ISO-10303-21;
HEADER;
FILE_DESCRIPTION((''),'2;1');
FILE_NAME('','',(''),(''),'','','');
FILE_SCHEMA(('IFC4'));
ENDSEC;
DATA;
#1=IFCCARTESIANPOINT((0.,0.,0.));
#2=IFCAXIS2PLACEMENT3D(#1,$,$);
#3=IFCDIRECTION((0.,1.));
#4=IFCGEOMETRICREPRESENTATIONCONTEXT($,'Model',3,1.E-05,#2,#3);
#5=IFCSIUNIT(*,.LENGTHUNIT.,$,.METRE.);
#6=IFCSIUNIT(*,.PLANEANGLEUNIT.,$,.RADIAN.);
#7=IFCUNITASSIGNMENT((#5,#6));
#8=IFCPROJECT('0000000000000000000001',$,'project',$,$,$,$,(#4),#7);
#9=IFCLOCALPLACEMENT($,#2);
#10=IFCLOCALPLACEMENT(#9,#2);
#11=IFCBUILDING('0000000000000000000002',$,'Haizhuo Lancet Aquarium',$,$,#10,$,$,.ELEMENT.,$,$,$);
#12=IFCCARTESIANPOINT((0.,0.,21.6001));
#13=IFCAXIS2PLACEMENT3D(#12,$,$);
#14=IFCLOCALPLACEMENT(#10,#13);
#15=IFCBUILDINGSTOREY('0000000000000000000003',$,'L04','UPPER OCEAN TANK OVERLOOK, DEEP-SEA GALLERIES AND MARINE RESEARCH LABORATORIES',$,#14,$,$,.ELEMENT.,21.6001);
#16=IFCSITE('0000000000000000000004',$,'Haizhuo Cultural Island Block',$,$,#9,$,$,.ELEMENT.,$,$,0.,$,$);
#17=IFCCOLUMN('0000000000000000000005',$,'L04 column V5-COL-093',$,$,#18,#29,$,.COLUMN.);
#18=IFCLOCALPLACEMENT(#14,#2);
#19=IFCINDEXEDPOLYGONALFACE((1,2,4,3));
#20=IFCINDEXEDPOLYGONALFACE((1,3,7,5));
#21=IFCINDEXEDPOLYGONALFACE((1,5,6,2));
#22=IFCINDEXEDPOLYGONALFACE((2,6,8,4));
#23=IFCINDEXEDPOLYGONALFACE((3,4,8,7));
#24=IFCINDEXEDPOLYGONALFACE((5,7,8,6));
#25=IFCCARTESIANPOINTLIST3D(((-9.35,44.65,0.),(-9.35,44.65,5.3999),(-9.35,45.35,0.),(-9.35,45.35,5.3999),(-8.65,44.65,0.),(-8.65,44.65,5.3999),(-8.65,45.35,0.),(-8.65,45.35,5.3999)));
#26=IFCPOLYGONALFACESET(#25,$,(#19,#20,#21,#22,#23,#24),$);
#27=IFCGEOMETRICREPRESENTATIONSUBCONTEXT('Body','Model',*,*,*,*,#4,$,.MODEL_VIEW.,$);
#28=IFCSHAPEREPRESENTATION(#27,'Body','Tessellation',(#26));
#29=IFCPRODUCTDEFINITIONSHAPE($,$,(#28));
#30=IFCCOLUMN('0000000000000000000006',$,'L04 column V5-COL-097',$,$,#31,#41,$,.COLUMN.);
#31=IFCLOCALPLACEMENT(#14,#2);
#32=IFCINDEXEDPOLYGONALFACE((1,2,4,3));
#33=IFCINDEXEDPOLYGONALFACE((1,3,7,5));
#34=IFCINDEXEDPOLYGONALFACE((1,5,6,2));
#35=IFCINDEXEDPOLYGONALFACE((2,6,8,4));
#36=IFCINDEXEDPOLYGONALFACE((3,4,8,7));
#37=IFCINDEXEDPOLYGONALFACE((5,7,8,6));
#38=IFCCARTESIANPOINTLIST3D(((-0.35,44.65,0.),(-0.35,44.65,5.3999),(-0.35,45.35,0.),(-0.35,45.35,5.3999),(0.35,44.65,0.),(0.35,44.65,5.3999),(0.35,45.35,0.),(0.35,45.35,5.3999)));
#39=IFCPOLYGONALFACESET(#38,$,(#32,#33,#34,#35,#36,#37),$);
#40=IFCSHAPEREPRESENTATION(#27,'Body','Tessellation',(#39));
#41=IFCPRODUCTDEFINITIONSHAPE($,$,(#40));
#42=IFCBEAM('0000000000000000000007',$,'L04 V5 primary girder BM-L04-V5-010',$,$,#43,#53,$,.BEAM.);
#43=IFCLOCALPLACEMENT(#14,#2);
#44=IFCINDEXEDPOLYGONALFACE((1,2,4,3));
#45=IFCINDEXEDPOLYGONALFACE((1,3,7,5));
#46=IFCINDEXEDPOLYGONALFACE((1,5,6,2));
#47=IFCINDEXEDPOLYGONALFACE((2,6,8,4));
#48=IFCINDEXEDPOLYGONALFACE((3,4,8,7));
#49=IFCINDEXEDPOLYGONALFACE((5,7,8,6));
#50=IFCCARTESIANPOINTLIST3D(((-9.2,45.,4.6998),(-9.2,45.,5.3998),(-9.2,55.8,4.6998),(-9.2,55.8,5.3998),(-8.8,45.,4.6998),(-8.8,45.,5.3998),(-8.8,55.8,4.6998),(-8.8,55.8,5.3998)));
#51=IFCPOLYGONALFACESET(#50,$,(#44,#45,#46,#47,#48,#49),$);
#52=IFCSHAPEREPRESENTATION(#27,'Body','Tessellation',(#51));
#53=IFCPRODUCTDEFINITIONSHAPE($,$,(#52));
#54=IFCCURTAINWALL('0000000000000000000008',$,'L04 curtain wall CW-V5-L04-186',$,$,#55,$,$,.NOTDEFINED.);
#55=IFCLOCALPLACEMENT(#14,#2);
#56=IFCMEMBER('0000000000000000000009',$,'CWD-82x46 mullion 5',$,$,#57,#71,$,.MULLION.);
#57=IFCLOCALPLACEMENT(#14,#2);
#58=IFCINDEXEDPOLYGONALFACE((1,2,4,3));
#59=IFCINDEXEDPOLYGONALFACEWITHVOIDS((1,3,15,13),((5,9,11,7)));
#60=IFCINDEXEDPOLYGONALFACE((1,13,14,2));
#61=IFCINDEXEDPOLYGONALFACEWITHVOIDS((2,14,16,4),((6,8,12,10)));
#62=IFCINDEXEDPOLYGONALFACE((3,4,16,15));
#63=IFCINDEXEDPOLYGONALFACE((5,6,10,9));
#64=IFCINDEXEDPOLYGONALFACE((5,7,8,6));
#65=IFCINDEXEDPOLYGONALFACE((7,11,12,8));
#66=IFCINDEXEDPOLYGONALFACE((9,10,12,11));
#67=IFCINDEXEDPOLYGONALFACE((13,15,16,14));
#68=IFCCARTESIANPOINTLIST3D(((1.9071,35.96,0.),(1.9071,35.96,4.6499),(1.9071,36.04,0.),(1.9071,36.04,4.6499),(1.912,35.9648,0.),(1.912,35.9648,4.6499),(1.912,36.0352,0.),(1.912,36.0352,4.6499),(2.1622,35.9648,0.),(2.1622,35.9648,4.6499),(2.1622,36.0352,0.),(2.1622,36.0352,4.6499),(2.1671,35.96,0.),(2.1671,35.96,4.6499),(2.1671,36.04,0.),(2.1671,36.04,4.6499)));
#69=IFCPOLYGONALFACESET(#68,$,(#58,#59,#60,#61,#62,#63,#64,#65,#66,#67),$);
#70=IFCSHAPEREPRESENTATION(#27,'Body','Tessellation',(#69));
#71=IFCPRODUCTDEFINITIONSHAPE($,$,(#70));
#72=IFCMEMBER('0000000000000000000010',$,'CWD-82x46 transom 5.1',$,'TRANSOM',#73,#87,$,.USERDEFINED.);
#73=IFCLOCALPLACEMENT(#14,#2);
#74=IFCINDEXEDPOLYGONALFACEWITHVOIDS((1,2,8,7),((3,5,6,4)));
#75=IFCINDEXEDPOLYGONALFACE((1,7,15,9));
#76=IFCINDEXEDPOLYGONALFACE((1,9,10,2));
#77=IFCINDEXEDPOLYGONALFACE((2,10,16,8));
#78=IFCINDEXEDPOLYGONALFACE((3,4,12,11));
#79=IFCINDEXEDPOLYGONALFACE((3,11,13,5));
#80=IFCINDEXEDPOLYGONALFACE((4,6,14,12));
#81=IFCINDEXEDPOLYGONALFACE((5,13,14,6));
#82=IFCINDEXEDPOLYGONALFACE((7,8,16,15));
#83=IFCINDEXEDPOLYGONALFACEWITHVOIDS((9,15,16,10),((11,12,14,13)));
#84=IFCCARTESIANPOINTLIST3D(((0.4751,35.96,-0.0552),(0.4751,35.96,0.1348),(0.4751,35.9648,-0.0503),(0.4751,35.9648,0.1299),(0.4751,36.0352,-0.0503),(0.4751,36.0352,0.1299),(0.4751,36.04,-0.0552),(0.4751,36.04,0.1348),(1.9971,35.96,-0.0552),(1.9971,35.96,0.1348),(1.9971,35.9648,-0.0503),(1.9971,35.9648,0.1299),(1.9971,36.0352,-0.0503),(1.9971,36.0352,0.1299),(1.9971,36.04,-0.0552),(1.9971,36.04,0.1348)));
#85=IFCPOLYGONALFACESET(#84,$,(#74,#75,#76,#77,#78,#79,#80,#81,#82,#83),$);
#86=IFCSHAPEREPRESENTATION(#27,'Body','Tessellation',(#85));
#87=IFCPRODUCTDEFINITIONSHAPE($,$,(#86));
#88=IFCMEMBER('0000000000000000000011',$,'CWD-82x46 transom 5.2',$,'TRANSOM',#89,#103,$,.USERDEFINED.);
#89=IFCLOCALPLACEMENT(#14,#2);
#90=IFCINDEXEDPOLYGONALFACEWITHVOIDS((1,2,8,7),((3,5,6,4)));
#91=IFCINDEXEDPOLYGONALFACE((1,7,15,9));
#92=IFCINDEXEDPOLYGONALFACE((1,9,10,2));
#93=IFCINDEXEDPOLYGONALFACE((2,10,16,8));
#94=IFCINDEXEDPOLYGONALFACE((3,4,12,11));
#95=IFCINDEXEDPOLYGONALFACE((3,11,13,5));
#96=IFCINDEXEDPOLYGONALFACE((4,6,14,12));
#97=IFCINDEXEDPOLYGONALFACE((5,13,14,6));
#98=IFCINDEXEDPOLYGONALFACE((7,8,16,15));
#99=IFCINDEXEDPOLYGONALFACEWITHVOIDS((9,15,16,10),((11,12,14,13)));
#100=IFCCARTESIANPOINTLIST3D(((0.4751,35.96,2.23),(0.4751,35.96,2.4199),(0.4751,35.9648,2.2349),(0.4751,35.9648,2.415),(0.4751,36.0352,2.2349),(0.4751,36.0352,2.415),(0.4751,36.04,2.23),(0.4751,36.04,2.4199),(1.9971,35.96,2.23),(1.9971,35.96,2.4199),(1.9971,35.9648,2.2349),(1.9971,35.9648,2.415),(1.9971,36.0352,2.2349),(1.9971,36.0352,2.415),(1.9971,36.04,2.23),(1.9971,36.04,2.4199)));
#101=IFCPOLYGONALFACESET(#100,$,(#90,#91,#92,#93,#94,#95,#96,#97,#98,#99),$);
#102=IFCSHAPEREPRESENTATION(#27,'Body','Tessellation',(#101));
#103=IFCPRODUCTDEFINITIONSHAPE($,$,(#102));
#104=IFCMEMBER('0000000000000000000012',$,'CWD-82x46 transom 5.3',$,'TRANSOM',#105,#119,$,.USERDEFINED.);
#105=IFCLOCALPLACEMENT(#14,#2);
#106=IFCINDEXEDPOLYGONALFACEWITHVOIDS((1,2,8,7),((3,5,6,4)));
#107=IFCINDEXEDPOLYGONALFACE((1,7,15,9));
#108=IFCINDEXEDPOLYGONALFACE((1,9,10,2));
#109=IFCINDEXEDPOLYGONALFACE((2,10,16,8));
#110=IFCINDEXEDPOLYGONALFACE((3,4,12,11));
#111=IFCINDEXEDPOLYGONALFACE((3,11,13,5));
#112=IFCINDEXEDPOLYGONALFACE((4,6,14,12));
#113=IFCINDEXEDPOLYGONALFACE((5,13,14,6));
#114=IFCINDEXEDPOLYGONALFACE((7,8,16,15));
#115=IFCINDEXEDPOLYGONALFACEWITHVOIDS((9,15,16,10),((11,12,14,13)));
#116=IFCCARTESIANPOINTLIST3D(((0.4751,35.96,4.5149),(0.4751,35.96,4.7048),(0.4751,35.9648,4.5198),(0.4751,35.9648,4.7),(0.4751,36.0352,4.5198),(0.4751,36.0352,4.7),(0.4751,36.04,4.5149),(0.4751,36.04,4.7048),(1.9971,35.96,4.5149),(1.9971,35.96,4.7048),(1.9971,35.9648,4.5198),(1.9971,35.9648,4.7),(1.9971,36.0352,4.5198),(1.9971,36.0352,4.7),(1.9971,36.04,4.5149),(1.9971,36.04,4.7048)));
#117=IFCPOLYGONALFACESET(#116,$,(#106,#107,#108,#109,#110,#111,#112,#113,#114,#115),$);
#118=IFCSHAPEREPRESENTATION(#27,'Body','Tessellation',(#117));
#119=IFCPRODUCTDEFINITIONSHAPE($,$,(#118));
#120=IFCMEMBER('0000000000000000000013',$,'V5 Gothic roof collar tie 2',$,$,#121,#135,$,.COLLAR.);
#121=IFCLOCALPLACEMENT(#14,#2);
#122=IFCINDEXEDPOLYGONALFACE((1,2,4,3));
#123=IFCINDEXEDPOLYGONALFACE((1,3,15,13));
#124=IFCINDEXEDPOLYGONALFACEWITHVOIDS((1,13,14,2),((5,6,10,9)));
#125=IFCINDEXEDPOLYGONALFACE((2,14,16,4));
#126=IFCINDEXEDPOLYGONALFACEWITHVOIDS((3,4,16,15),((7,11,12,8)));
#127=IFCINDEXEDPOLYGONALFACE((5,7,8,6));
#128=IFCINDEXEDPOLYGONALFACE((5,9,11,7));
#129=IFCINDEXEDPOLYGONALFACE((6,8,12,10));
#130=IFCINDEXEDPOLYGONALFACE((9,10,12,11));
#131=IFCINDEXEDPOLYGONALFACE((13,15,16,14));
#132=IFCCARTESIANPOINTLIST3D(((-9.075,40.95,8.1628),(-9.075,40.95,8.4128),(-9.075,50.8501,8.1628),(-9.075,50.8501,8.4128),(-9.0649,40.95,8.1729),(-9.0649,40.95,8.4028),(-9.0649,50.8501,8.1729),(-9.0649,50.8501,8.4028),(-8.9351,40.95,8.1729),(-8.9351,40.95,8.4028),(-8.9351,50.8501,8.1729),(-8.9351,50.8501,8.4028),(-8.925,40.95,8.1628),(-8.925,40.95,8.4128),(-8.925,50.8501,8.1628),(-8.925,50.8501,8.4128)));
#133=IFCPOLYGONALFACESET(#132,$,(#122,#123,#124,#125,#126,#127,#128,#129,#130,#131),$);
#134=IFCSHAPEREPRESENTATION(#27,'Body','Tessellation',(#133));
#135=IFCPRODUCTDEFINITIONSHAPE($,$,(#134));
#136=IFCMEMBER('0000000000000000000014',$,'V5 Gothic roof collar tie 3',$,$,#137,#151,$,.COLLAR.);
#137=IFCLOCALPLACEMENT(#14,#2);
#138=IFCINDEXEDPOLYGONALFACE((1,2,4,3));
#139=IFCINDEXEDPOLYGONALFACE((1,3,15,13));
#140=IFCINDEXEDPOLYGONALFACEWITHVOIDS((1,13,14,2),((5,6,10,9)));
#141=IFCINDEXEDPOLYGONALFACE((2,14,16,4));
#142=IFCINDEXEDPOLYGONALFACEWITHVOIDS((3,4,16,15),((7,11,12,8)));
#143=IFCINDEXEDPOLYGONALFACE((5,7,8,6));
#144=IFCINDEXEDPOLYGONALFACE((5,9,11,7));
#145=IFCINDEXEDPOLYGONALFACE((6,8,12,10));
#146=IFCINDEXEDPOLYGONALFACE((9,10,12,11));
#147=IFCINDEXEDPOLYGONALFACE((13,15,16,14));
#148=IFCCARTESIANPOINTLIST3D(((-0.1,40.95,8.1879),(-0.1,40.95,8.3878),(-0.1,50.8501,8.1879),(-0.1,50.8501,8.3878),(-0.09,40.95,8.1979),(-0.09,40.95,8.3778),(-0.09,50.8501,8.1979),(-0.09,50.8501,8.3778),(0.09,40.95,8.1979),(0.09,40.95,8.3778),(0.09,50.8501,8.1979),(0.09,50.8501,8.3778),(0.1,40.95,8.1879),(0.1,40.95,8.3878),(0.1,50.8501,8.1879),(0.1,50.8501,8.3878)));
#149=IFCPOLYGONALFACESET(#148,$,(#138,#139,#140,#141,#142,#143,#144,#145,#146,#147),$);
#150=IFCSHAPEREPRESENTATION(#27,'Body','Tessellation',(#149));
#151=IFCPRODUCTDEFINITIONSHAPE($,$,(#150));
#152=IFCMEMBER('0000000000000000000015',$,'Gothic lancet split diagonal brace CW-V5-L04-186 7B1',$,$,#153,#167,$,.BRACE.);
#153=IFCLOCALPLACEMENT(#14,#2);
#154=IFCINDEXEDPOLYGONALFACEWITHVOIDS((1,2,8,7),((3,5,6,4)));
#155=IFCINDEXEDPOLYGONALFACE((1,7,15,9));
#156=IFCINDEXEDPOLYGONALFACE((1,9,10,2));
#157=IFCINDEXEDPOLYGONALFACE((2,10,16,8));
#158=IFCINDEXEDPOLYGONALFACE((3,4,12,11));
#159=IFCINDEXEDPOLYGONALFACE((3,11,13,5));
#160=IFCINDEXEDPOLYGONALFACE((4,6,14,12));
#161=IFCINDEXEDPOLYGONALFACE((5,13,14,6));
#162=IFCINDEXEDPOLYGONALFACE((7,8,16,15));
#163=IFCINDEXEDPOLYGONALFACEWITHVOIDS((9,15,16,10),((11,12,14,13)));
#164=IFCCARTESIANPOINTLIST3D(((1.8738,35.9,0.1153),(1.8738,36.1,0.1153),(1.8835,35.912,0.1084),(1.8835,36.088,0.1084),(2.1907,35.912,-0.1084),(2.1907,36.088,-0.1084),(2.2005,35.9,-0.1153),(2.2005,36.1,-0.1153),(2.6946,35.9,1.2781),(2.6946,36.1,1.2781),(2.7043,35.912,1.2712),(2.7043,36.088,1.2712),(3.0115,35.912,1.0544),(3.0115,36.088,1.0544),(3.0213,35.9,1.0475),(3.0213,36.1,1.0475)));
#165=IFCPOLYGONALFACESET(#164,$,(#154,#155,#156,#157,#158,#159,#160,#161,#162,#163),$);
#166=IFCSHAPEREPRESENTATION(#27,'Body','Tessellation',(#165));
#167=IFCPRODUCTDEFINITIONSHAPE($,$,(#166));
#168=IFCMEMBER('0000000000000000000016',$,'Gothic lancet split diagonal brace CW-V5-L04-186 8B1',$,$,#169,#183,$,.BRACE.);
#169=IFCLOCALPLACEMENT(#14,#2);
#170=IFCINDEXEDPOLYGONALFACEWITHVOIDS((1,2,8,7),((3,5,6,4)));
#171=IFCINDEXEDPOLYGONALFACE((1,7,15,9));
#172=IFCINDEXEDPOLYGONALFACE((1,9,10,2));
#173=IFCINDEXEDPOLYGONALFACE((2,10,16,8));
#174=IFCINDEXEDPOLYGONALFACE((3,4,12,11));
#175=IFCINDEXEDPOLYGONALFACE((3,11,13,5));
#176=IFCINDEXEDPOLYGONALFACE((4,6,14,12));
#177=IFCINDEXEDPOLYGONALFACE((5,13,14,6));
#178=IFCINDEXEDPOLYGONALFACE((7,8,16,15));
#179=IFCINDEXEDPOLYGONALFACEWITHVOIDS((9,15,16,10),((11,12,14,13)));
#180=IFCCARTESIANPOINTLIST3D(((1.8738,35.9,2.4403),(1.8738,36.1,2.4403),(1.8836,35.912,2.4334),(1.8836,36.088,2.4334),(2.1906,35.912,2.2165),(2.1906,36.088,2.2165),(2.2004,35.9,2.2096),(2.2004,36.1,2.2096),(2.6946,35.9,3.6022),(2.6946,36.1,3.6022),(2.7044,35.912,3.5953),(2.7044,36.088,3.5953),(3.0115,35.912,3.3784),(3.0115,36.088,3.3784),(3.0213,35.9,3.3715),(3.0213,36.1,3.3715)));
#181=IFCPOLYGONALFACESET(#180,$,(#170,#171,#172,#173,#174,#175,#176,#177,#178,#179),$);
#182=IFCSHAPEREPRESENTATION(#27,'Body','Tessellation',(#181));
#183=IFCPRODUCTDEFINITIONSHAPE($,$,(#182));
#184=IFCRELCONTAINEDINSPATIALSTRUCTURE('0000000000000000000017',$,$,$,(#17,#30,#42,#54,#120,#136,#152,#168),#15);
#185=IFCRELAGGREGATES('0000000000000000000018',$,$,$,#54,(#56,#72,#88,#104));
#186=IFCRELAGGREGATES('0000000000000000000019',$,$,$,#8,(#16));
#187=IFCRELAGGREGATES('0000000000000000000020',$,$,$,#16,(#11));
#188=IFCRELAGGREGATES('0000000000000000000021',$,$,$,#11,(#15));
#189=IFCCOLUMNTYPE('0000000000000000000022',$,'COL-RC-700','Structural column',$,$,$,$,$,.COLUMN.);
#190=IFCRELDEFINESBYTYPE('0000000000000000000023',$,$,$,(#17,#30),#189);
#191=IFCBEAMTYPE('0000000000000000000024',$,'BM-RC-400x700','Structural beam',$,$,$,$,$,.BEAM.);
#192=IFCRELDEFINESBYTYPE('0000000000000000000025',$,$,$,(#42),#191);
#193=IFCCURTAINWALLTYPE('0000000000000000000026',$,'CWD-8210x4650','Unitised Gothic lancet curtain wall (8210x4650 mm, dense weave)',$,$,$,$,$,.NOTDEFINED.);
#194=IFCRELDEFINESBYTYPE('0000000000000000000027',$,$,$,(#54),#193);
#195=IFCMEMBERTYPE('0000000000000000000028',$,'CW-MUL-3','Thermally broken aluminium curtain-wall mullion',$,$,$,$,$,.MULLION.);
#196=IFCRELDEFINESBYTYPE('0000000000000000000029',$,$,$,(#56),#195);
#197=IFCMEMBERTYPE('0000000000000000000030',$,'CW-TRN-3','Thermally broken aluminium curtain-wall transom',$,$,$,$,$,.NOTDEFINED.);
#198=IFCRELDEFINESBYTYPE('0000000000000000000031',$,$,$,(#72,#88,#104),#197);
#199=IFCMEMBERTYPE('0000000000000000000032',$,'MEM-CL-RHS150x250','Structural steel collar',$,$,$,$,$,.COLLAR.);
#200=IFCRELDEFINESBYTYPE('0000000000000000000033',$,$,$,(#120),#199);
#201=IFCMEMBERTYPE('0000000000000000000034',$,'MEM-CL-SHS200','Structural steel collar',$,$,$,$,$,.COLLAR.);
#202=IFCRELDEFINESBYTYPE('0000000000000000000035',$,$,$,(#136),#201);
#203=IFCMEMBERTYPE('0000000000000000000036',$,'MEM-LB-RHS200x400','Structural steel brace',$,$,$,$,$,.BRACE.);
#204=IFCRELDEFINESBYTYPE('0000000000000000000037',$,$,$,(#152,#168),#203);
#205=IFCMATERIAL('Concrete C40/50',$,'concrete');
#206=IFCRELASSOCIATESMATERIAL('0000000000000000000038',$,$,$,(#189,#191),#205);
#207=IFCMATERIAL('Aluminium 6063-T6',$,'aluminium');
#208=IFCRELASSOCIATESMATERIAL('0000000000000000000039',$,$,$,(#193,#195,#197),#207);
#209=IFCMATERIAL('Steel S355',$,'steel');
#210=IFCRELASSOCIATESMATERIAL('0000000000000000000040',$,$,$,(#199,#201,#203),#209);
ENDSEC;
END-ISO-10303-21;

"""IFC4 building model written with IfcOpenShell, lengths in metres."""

from ifc_helpers import new_model, si_unit, direction, frame, origin, origin_2d, place, context, subcontext, project, spatial, rectangle, hollow_rectangle, extrude, material, material_profile, profile_set, type_object, element, aggregate, save


model = new_model("IFC4")

# Units and contexts
model_context = context("Model", 3, precision=1e-05, world=origin(), true_north=direction((0.0, 1.0)))
body_context = subcontext(model_context, "Body", "Model", "MODEL_VIEW")
ifc_project = project(units=[si_unit("LENGTHUNIT", "METRE"), si_unit("PLANEANGLEUNIT", "RADIAN")], contexts=[model_context])

# Site, building, storey
site_placement = place(None, origin())
site = spatial("IfcSite", under=ifc_project, at=site_placement, Name="Haizhuo Cultural Island Block", CompositionType="ELEMENT", RefElevation=0.0)
building_placement = place(site_placement, origin())
building = spatial("IfcBuilding", under=site, at=building_placement, Name="Haizhuo Lancet Aquarium", CompositionType="ELEMENT")
storey_placement = place(building_placement, frame((0.0, 0.0, 21.6001)))
storey = spatial("IfcBuildingStorey", under=building, at=storey_placement, Name="L04", Description="UPPER OCEAN TANK OVERLOOK, DEEP-SEA GALLERIES AND MARINE RESEARCH LABORATORIES", CompositionType="ELEMENT", Elevation=21.6001)

# Columns
ifc_material_1 = material(Name="Concrete C40/50", Category="concrete")
ifc_material_profile_1 = material_profile(ifc_material_1, rectangle(XDim=0.7, YDim=0.7, at=origin_2d()), Name="RC-COL 700x700")
ifc_profile_set_1 = profile_set([ifc_material_profile_1], Name="Concrete C40/50")
column_type = type_object("IfcColumnType", Name="COL-RC-700", Description="Structural column", PredefinedType="COLUMN", material=ifc_profile_set_1)
for number, where, z_axis, x_axis, name in (
    (1, (-9.0, 45.0, 0.0), (0.0, 0.0, 1.0), (1.0, 0.0, 0.0), "L04 column V5-COL-093"),
    (2, (0.0, 45.0, 0.0), (0.0, 0.0, 1.0), (1.0, 0.0, 0.0), "L04 column V5-COL-097"),
):
    element("IfcColumn", number, at=place(storey_placement, frame(where, z_axis=z_axis, x_axis=x_axis)), inside=storey, type_object=column_type, Name=name, PredefinedType="COLUMN", context=body_context, shape_type="SweptSolid", body=[
        extrude(rectangle(XDim=0.7, YDim=0.7, at=origin_2d()), origin(), (0.0, 0.0, 1.0), 5.3999),
    ])

# Beam
ifc_material_profile_2 = material_profile(ifc_material_1, rectangle(XDim=0.3999, YDim=0.7, at=origin_2d()), Name="RC-BM 400x700")
ifc_profile_set_2 = profile_set([ifc_material_profile_2], Name="Concrete C40/50")
beam_type = type_object("IfcBeamType", Name="BM-RC-400x700", Description="Structural beam", PredefinedType="BEAM", material=ifc_profile_set_2)
beam_placement = place(storey_placement, frame((-9.0, 45.0, 5.0498), z_axis=(0.0, 1.0, 0.0), x_axis=(-1.0, 0.0, 0.0)))
element("IfcBeam", 3, at=beam_placement, inside=storey, type_object=beam_type, Name="L04 V5 primary girder BM-L04-V5-010", PredefinedType="BEAM", context=body_context, shape_type="SweptSolid", body=[
    extrude(rectangle(XDim=0.3999, YDim=0.7, at=origin_2d()), origin(), (0.0, 0.0, 1.0), 10.8),
])

# Curtain wall, members
ifc_material_2 = material(Name="Aluminium 6063-T6", Category="aluminium")
curtain_wall_type = type_object("IfcCurtainWallType", Name="CWD-8210x4650", Description="Unitised Gothic lancet curtain wall (8210x4650 mm, dense weave)", PredefinedType="NOTDEFINED", material=ifc_material_2)
curtain_wall_placement = place(storey_placement, origin())
curtain_wall = element("IfcCurtainWall", 4, at=curtain_wall_placement, inside=storey, type_object=curtain_wall_type, Name="L04 curtain wall CW-V5-L04-186", PredefinedType="NOTDEFINED")
ifc_material_profile_3 = material_profile(ifc_material_2, hollow_rectangle(XDim=0.0801, YDim=0.26, WallThickness=0.0049, at=origin_2d()), Name="ALU-M 80x260x5")
ifc_profile_set_3 = profile_set([ifc_material_profile_3], Name="Aluminium 6063-T6")
member_type_1 = type_object("IfcMemberType", Name="CW-MUL-3", Description="Thermally broken aluminium curtain-wall mullion", PredefinedType="MULLION", material=ifc_profile_set_3)
member_1_placement = place(storey_placement, frame((2.0371, 36.0, 0.0), z_axis=(0.0, 0.0, 1.0), x_axis=(0.0, -1.0, 0.0)))
member_1 = element("IfcMember", 5, at=member_1_placement, type_object=member_type_1, Name="CWD-82x46 mullion 5", PredefinedType="MULLION", context=body_context, shape_type="SweptSolid", body=[
    extrude(hollow_rectangle(XDim=0.0801, YDim=0.26, WallThickness=0.0049, at=origin_2d()), origin(), (0.0, 0.0, 1.0), 4.6499),
])
ifc_material_profile_4 = material_profile(ifc_material_2, hollow_rectangle(XDim=0.0801, YDim=0.1899, WallThickness=0.0049, at=origin_2d()), Name="ALU-T 80x190x5")
ifc_profile_set_4 = profile_set([ifc_material_profile_4], Name="Aluminium 6063-T6")
member_type_2 = type_object("IfcMemberType", Name="CW-TRN-3", Description="Thermally broken aluminium curtain-wall transom", PredefinedType="NOTDEFINED", material=ifc_profile_set_4)
member_2_placement = place(storey_placement, frame((1.9971, 36.0, 0.0398), z_axis=(-1.0, 0.0, 0.0), x_axis=(0.0, -1.0, 0.0)))
member_2 = element("IfcMember", 6, at=member_2_placement, type_object=member_type_2, Name="CWD-82x46 transom 5.1", ObjectType="TRANSOM", PredefinedType="USERDEFINED", context=body_context, shape_type="SweptSolid", body=[
    extrude(hollow_rectangle(XDim=0.0801, YDim=0.1899, WallThickness=0.0049, at=origin_2d()), origin(), (0.0, 0.0, 1.0), 1.522),
])
member_3_placement = place(storey_placement, frame((1.9971, 36.0, 2.325), z_axis=(-1.0, 0.0, 0.0), x_axis=(0.0, -1.0, 0.0)))
member_3 = element("IfcMember", 7, at=member_3_placement, type_object=member_type_2, Name="CWD-82x46 transom 5.2", ObjectType="TRANSOM", PredefinedType="USERDEFINED", context=body_context, shape_type="SweptSolid", body=[
    extrude(hollow_rectangle(XDim=0.0801, YDim=0.1899, WallThickness=0.0049, at=origin_2d()), origin(), (0.0, 0.0, 1.0), 1.522),
])
member_4_placement = place(storey_placement, frame((1.9971, 36.0, 4.6099), z_axis=(-1.0, 0.0, 0.0), x_axis=(0.0, -1.0, 0.0)))
member_4 = element("IfcMember", 8, at=member_4_placement, type_object=member_type_2, Name="CWD-82x46 transom 5.3", ObjectType="TRANSOM", PredefinedType="USERDEFINED", context=body_context, shape_type="SweptSolid", body=[
    extrude(hollow_rectangle(XDim=0.0801, YDim=0.1899, WallThickness=0.0049, at=origin_2d()), origin(), (0.0, 0.0, 1.0), 1.522),
])
aggregate(curtain_wall, [member_1, member_2, member_3, member_4])

# Members
ifc_material_3 = material(Name="Steel S355", Category="steel")
ifc_material_profile_5 = material_profile(ifc_material_3, hollow_rectangle(XDim=0.1499, YDim=0.25, WallThickness=0.01, at=origin_2d()), Name="RHS 150x250x10")
ifc_profile_set_5 = profile_set([ifc_material_profile_5], Name="Steel S355")
member_type_3 = type_object("IfcMemberType", Name="MEM-CL-RHS150x250", Description="Structural steel collar", PredefinedType="COLLAR", material=ifc_profile_set_5)
member_5_placement = place(storey_placement, frame((-9.0, 40.95, 8.2878), z_axis=(0.0, 1.0, 0.0), x_axis=(-1.0, 0.0, 0.0)))
element("IfcMember", 9, at=member_5_placement, inside=storey, type_object=member_type_3, Name="V5 Gothic roof collar tie 2", PredefinedType="COLLAR", context=body_context, shape_type="SweptSolid", body=[
    extrude(hollow_rectangle(XDim=0.1499, YDim=0.25, WallThickness=0.01, at=origin_2d()), origin(), (0.0, 0.0, 1.0), 9.9001),
])
ifc_material_profile_6 = material_profile(ifc_material_3, hollow_rectangle(XDim=0.2, YDim=0.2, WallThickness=0.01, at=origin_2d()), Name="SHS 200x200x10")
ifc_profile_set_6 = profile_set([ifc_material_profile_6], Name="Steel S355")
member_type_4 = type_object("IfcMemberType", Name="MEM-CL-SHS200", Description="Structural steel collar", PredefinedType="COLLAR", material=ifc_profile_set_6)
member_6_placement = place(storey_placement, frame((0.0, 40.95, 8.2878), z_axis=(0.0, 1.0, 0.0), x_axis=(-1.0, 0.0, 0.0)))
element("IfcMember", 10, at=member_6_placement, inside=storey, type_object=member_type_4, Name="V5 Gothic roof collar tie 3", PredefinedType="COLLAR", context=body_context, shape_type="SweptSolid", body=[
    extrude(hollow_rectangle(XDim=0.2, YDim=0.2, WallThickness=0.01, at=origin_2d()), origin(), (0.0, 0.0, 1.0), 9.9001),
])
ifc_material_profile_7 = material_profile(ifc_material_3, hollow_rectangle(XDim=0.2, YDim=0.3999, WallThickness=0.012, at=origin_2d()), Name="RHS 200x400x12")
ifc_profile_set_7 = profile_set([ifc_material_profile_7], Name="Steel S355")
member_type_5 = type_object("IfcMemberType", Name="MEM-LB-RHS200x400", Description="Structural steel brace", PredefinedType="BRACE", material=ifc_profile_set_7)
member_7_placement = place(storey_placement, frame((2.0371, 36.0, 0.0), z_axis=(0.57667, 0.0, 0.816977), x_axis=(0.0, 1.0, 0.0)))
element("IfcMember", 11, at=member_7_placement, inside=storey, type_object=member_type_5, Name="Gothic lancet split diagonal brace CW-V5-L04-186 7B1", PredefinedType="BRACE", context=body_context, shape_type="SweptSolid", body=[
    extrude(hollow_rectangle(XDim=0.2, YDim=0.3999, WallThickness=0.012, at=origin_2d()), origin(), (0.0, 0.0, 1.0), 1.4233),
])
member_8_placement = place(storey_placement, frame((2.0371, 36.0, 2.325), z_axis=(0.576993, 0.0, 0.816749), x_axis=(0.0, 1.0, 0.0)))
element("IfcMember", 12, at=member_8_placement, inside=storey, type_object=member_type_5, Name="Gothic lancet split diagonal brace CW-V5-L04-186 8B1", PredefinedType="BRACE", context=body_context, shape_type="SweptSolid", body=[
    extrude(hollow_rectangle(XDim=0.2, YDim=0.3999, WallThickness=0.012, at=origin_2d()), origin(), (0.0, 0.0, 1.0), 1.4226),
])

save(model, "model.ifc")
